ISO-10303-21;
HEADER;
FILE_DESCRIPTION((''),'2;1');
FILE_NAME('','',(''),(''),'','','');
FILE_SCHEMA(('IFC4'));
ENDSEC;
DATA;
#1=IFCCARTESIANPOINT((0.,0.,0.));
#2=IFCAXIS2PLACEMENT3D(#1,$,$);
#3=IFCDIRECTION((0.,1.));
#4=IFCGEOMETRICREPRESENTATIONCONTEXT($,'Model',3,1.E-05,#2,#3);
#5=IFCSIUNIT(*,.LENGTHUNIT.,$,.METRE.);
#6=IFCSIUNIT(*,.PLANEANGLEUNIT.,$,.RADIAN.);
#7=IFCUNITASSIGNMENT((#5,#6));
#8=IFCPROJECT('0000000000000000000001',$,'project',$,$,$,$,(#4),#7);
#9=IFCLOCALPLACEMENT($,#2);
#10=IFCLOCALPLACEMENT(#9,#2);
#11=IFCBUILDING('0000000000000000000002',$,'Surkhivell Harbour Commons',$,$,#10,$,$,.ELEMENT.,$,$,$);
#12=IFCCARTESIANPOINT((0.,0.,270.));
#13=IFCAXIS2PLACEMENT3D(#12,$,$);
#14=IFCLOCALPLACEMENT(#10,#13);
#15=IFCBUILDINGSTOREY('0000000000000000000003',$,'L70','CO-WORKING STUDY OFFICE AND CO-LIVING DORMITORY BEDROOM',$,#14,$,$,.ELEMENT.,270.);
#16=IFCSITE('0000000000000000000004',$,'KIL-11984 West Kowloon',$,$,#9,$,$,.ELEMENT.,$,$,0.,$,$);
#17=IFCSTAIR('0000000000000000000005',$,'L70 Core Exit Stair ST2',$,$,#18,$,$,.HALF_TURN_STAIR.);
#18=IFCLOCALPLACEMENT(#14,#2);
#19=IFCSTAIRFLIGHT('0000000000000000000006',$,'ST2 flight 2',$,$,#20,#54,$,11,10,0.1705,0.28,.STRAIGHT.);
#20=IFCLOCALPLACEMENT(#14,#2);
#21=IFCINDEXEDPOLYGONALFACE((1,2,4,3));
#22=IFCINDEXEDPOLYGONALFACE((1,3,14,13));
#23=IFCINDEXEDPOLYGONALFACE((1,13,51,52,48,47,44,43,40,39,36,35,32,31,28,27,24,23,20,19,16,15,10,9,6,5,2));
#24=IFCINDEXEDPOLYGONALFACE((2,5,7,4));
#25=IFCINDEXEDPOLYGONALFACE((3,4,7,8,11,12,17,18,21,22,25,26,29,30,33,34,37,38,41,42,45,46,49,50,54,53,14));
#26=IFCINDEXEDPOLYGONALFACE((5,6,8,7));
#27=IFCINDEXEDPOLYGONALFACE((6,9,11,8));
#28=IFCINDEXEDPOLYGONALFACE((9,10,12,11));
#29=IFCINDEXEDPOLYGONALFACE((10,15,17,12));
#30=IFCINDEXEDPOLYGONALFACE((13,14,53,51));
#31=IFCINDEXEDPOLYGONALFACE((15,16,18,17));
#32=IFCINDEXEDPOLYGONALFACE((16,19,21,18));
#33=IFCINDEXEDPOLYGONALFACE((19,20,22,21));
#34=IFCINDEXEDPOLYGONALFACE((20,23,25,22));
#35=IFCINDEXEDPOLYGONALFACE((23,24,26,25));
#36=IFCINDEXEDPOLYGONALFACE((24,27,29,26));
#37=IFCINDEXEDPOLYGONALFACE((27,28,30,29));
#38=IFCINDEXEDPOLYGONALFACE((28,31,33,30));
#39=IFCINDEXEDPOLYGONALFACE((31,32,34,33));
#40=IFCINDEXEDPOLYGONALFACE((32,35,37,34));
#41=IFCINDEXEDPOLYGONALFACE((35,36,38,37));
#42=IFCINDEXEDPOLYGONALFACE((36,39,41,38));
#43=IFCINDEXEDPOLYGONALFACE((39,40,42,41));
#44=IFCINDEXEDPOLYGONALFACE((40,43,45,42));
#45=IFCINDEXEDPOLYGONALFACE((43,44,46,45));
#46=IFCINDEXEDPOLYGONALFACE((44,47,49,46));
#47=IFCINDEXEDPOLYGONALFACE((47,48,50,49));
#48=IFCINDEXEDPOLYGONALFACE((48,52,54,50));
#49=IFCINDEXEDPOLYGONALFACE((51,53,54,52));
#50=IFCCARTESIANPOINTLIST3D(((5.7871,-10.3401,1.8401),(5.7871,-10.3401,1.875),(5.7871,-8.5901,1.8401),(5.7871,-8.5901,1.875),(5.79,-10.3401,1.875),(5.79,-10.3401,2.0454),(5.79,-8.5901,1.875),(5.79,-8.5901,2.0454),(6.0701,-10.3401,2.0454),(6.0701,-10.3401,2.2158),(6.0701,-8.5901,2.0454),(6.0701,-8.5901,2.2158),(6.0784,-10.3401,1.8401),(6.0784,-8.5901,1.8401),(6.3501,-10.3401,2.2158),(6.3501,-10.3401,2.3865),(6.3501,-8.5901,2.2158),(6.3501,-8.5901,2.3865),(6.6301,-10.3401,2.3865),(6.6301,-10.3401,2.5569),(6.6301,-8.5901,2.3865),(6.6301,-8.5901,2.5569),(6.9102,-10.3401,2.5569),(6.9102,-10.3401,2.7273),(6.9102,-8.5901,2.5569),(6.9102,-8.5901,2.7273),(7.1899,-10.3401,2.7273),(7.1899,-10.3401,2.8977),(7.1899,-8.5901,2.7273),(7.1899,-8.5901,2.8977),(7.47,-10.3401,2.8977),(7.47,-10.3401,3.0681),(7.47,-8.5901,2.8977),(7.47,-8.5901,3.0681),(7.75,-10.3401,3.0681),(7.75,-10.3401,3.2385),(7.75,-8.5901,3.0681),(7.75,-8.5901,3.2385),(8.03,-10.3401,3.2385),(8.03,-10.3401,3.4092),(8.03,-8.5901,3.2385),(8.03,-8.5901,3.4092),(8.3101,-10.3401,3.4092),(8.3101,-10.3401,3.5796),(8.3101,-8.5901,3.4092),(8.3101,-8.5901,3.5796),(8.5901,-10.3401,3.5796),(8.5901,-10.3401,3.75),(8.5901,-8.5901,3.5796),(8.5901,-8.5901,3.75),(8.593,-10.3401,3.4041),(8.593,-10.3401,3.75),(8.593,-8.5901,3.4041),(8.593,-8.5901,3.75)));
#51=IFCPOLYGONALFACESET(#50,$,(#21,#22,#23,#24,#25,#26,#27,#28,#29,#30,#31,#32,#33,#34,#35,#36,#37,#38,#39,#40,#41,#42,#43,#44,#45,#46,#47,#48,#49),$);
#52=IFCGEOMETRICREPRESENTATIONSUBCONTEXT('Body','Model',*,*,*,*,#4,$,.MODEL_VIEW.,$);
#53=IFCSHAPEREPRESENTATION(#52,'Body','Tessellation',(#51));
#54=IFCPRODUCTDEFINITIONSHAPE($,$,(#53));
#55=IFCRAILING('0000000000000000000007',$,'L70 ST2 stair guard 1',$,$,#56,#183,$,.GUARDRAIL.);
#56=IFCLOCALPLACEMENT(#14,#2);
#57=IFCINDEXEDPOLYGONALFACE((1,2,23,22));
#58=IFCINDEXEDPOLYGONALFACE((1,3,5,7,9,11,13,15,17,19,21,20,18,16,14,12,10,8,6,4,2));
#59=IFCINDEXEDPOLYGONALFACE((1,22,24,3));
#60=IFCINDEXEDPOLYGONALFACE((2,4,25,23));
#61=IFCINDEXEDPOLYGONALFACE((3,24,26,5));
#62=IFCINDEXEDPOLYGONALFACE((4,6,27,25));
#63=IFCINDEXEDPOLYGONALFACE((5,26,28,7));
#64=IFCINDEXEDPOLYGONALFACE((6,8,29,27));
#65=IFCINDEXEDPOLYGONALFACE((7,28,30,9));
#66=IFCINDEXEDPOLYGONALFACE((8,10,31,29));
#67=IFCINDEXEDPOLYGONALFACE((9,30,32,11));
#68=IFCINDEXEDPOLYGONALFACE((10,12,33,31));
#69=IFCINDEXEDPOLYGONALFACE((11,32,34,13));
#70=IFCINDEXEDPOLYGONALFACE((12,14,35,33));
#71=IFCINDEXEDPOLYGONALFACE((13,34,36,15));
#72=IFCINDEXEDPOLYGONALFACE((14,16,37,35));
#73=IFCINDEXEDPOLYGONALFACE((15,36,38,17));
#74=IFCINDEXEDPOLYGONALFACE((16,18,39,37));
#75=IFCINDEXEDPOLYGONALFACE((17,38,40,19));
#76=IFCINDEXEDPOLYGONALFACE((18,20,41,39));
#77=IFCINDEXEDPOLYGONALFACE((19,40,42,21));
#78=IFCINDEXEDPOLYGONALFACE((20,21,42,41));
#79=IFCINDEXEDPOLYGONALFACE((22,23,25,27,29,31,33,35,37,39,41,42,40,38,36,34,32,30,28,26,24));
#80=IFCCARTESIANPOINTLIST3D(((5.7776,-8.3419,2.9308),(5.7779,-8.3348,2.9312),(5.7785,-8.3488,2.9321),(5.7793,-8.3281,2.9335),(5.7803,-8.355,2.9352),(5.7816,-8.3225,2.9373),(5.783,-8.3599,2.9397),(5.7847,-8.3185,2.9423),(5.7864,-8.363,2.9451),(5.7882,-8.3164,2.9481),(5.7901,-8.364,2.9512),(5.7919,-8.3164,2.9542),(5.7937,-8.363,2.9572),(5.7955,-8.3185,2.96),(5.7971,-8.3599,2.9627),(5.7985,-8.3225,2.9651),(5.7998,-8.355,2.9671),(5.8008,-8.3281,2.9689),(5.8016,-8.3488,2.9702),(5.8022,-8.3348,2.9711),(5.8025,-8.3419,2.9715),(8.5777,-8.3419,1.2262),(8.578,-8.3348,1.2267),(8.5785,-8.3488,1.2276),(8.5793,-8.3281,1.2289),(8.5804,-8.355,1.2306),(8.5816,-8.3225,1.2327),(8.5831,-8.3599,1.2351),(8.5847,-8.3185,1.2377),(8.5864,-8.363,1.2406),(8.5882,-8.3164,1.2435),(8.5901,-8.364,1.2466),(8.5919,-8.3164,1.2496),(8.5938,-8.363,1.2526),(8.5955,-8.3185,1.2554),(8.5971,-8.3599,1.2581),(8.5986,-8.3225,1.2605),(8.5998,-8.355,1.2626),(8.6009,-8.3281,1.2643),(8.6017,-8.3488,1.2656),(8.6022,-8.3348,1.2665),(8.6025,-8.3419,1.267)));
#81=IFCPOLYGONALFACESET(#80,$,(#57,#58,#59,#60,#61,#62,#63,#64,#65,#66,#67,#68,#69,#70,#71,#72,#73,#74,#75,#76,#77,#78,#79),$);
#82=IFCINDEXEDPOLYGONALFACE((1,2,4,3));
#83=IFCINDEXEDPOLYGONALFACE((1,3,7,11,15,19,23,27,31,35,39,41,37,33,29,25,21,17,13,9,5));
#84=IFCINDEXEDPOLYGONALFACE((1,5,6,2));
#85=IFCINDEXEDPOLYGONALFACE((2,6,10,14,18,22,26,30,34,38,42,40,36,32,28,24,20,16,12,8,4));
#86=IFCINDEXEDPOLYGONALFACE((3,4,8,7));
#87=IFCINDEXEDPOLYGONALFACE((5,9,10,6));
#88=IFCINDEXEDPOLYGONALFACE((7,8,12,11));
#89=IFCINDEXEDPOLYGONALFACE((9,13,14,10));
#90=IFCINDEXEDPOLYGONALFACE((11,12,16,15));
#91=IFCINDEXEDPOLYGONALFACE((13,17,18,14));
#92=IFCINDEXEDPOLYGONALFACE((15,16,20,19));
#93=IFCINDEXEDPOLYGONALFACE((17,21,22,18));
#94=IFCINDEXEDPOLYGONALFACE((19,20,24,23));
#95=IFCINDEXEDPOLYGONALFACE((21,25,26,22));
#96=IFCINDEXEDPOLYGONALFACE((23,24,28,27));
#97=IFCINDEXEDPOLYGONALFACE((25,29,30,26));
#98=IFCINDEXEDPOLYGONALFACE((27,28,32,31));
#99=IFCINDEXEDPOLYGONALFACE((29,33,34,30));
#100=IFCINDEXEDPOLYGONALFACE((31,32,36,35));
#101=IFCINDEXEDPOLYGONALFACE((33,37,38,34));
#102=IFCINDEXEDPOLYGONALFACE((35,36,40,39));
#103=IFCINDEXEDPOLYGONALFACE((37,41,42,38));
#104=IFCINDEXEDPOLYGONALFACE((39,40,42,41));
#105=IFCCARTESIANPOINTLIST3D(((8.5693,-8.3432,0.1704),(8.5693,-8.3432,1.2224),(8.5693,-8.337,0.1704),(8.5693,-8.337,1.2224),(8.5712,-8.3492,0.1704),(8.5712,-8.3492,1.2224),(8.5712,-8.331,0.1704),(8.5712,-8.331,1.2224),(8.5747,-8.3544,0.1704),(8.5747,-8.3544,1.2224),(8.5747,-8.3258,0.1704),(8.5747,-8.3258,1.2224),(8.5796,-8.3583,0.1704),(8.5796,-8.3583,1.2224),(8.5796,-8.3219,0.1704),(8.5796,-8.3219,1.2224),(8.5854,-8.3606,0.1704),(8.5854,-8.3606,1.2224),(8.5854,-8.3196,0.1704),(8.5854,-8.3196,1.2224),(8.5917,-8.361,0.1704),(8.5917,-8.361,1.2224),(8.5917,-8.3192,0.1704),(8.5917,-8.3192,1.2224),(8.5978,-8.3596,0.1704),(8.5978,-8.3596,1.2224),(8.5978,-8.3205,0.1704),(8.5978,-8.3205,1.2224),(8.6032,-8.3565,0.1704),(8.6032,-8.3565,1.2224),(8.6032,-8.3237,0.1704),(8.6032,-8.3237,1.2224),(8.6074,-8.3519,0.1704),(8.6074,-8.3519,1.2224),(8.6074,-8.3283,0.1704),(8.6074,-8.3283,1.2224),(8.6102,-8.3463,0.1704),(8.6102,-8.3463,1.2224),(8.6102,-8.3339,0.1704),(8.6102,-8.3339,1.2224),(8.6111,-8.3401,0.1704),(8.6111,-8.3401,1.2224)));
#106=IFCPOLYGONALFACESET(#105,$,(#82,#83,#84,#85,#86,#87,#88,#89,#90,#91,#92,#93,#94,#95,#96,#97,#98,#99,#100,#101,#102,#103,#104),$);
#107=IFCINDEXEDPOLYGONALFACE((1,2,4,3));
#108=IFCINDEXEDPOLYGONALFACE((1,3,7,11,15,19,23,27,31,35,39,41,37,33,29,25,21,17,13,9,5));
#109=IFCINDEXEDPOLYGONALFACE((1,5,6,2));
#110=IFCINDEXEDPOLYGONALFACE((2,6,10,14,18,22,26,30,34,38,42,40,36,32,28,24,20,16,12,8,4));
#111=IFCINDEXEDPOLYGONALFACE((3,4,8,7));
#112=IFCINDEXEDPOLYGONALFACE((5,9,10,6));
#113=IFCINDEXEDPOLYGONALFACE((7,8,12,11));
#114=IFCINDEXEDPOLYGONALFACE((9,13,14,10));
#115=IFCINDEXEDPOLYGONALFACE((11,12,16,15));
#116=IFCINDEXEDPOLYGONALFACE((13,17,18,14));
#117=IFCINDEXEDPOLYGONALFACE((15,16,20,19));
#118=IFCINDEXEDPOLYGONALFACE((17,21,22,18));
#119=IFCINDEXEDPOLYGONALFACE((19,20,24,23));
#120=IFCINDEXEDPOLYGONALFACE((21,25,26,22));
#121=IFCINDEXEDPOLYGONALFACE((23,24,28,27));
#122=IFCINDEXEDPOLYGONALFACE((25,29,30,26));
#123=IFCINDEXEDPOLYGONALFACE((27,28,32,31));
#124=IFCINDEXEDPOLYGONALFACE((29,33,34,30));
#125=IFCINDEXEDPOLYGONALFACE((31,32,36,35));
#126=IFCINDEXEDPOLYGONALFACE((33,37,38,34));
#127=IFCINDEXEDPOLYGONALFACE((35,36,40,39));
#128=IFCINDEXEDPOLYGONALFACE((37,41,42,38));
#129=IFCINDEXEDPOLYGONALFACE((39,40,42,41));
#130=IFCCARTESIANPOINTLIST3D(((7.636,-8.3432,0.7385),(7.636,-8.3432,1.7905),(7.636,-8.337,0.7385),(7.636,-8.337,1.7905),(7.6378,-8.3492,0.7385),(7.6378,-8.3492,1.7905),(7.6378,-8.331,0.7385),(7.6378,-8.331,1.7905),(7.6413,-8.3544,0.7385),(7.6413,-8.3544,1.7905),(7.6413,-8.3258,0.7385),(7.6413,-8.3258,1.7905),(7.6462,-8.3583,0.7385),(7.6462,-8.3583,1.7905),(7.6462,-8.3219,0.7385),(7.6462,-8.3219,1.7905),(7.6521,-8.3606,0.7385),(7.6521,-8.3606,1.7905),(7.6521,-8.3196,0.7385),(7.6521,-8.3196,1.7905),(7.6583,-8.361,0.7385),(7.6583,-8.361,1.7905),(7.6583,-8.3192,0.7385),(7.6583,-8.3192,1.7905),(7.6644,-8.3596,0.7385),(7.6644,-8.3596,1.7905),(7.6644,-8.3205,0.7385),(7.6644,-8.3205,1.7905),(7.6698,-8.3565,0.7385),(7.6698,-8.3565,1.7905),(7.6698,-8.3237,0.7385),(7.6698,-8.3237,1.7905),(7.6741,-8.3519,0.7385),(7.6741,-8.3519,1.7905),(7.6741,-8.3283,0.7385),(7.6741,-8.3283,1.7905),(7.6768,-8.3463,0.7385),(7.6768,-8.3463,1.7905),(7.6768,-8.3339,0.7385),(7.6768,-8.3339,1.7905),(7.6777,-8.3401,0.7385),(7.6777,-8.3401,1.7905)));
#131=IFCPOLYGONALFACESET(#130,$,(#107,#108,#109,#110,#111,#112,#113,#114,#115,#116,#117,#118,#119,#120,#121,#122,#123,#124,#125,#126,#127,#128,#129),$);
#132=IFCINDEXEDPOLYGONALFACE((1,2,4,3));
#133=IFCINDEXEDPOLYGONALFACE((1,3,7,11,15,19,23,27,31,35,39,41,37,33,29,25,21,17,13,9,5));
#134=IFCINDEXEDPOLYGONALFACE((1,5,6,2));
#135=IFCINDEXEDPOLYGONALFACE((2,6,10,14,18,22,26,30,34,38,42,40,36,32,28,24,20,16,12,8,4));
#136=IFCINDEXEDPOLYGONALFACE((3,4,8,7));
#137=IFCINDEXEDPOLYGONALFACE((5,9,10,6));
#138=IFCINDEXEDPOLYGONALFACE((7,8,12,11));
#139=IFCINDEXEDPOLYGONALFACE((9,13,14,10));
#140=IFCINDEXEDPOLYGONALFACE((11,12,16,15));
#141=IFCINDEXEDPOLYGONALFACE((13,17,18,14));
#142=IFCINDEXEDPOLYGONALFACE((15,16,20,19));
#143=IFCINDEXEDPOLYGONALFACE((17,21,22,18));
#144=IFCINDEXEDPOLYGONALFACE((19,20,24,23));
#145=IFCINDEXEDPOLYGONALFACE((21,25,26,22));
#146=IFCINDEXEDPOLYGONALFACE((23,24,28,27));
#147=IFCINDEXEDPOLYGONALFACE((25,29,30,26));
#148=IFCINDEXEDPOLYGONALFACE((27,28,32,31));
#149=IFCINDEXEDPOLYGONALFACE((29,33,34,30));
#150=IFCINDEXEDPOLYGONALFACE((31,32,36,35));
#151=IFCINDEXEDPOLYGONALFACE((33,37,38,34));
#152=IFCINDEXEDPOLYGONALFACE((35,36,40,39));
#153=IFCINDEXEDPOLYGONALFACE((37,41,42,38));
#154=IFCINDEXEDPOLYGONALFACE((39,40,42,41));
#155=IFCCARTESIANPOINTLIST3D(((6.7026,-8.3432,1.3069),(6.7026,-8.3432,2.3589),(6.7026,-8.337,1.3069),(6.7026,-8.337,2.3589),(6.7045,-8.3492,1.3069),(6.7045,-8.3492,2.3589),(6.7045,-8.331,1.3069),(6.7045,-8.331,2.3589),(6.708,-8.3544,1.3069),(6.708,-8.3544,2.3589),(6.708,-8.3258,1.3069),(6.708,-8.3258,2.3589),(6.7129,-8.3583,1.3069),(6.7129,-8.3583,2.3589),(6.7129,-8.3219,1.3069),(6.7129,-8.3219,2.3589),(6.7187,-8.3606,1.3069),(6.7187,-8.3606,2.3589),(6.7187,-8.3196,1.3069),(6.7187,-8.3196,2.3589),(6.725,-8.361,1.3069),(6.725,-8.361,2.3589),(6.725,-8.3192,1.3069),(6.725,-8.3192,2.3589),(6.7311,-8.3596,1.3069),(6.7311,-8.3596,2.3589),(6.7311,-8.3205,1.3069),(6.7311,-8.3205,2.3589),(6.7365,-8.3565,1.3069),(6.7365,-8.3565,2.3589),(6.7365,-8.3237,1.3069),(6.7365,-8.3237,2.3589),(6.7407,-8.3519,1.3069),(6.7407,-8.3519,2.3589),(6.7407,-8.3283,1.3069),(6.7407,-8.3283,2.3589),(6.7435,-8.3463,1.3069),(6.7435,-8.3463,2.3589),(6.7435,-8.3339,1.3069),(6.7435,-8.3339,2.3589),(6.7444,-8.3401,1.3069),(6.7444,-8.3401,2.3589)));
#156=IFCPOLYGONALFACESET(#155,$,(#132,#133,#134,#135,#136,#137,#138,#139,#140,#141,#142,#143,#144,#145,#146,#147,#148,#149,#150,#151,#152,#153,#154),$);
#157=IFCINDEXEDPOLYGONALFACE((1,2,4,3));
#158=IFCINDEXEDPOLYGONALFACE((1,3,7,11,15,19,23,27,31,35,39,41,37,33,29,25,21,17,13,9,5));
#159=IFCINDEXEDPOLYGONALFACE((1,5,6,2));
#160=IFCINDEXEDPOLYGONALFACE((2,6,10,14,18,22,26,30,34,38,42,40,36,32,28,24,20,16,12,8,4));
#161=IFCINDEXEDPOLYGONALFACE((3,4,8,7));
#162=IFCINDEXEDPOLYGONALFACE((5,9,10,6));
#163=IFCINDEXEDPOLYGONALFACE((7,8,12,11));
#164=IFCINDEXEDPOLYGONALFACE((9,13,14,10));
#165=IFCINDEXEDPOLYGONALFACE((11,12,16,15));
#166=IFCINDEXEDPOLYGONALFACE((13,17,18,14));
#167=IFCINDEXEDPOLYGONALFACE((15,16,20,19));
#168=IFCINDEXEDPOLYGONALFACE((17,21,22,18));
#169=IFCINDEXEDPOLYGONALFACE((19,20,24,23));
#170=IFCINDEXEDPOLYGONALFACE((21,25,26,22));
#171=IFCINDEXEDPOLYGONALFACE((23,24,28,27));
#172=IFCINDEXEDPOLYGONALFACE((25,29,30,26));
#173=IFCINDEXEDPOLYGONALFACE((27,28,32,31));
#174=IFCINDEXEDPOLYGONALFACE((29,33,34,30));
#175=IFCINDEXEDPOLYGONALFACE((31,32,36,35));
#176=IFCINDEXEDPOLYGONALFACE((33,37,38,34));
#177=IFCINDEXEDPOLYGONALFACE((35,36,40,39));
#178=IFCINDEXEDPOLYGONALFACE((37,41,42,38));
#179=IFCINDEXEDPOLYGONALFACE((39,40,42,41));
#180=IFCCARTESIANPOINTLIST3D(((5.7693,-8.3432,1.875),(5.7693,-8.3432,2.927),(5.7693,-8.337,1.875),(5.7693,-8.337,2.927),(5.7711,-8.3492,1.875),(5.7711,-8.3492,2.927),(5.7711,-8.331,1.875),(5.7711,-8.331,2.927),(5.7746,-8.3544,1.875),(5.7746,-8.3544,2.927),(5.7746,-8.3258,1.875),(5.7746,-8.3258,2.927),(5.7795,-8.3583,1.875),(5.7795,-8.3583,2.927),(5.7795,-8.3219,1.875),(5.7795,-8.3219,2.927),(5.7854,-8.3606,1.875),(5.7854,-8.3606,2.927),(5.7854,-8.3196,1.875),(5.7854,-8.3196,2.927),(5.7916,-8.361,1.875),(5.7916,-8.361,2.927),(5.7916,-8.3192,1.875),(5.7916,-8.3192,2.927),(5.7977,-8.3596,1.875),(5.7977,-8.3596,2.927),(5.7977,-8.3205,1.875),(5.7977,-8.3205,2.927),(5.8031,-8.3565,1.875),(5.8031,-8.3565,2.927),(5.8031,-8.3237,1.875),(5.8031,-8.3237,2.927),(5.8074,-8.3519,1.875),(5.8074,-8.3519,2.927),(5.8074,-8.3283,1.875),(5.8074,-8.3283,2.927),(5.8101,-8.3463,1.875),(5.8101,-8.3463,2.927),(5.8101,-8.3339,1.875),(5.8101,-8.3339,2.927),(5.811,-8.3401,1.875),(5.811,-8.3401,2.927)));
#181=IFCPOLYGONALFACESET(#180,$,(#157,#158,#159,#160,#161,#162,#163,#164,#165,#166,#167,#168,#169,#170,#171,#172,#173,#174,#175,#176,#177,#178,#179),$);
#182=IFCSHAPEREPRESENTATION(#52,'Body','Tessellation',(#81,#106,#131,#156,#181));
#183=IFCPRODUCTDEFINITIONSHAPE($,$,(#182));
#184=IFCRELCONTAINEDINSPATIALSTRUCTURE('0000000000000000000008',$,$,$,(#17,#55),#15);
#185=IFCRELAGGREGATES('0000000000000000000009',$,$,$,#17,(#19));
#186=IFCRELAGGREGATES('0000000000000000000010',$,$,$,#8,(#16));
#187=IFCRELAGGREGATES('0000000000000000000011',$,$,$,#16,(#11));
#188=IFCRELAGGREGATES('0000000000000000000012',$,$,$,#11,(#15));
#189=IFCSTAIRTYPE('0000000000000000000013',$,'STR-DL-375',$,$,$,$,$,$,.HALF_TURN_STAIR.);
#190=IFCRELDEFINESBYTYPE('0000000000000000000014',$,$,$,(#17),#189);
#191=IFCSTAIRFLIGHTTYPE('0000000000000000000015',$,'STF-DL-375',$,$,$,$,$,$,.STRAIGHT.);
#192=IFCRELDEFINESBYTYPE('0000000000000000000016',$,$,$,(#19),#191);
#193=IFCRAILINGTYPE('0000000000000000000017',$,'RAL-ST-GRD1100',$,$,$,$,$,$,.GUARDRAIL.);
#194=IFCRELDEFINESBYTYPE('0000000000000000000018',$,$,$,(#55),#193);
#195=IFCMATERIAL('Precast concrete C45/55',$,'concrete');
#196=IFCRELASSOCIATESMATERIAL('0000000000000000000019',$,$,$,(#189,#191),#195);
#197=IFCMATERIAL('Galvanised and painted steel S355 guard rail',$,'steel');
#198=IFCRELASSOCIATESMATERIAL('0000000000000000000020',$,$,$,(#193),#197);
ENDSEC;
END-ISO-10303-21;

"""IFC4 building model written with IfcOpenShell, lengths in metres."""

from ifc_helpers import new_model, si_unit, direction, frame, origin, origin_2d, place, context, subcontext, project, spatial, polyline, circle, outline, extrude, material, type_object, element, aggregate, save


model = new_model("IFC4")

# Units and contexts
model_context = context("Model", 3, precision=1e-05, world=origin(), true_north=direction((0.0, 1.0)))
body_context = subcontext(model_context, "Body", "Model", "MODEL_VIEW")
ifc_project = project(units=[si_unit("LENGTHUNIT", "METRE"), si_unit("PLANEANGLEUNIT", "RADIAN")], contexts=[model_context])

# Site, building, storey
site_placement = place(None, origin())
site = spatial("IfcSite", under=ifc_project, at=site_placement, Name="KIL-11984 West Kowloon", CompositionType="ELEMENT", RefElevation=0.0)
building_placement = place(site_placement, origin())
building = spatial("IfcBuilding", under=site, at=building_placement, Name="Surkhivell Harbour Commons", CompositionType="ELEMENT")
storey_placement = place(building_placement, frame((0.0, 0.0, 270.0)))
storey = spatial("IfcBuildingStorey", under=building, at=storey_placement, Name="L70", Description="CO-WORKING STUDY OFFICE AND CO-LIVING DORMITORY BEDROOM", CompositionType="ELEMENT", Elevation=270.0)

# Stair, stair flight
ifc_material_1 = material(Name="Precast concrete C45/55", Category="concrete")
stair_type = type_object("IfcStairType", Name="STR-DL-375", PredefinedType="HALF_TURN_STAIR", material=ifc_material_1)
stair_placement = place(storey_placement, origin())
stair = element("IfcStair", 1, at=stair_placement, inside=storey, type_object=stair_type, Name="L70 Core Exit Stair ST2", PredefinedType="HALF_TURN_STAIR")
stair_flight_type = type_object("IfcStairFlightType", Name="STF-DL-375", PredefinedType="STRAIGHT", material=ifc_material_1)
stair_flight_1_placement = place(storey_placement, frame((5.79, -9.4651, 1.875), z_axis=(0.0, 0.0, 1.0), x_axis=(1.0, 0.0, 0.0)))
stair_flight_1 = element("IfcStairFlight", 2, at=stair_flight_1_placement, type_object=stair_flight_type, Name="ST2 flight 2", NumberOfRisers=11, NumberOfTreads=10, PredefinedType="STRAIGHT", RiserHeight=0.1705, TreadLength=0.28, context=body_context, shape_type="SweptSolid", body=[
    extrude(outline(polyline([(-0.0029, -0.0349), (-0.0029, 0.0), (0.0, 0.0), (0.0, 0.1704), (0.28, 0.1704), (0.28, 0.3408), (0.5601, 0.3408), (0.5601, 0.5115), (0.8401, 0.5115), (0.8401, 0.6819), (1.1201, 0.6819), (1.1201, 0.8523), (1.3999, 0.8523), (1.3999, 1.0227), (1.6799, 1.0227), (1.6799, 1.1931), (1.96, 1.1931), (1.96, 1.3635), (2.24, 1.3635), (2.24, 1.5342), (2.52, 1.5342), (2.52, 1.7046), (2.8, 1.7046), (2.8, 1.875), (2.803, 1.875), (2.803, 1.5291), (0.2883, -0.0349), (-0.0029, -0.0349)])), frame((0.0, 0.875, 0.0), z_axis=(0.0, -1.0, 0.0), x_axis=(1.0, 0.0, 0.0)), (0.0, 0.0, 1.0), 1.75),
])
aggregate(stair, [stair_flight_1])

# Railing
ifc_material_2 = material(Name="Galvanised and painted steel S355 guard rail", Category="steel")
railing_type_1 = type_object("IfcRailingType", Name="RAL-ST-GRD1100", PredefinedType="GUARDRAIL", material=ifc_material_2)
railing_1_placement = place(storey_placement, frame((8.5901, -8.3401, 0.1704)))
element("IfcRailing", 3, at=railing_1_placement, inside=storey, type_object=railing_type_1, Name="L70 ST2 stair guard 1", PredefinedType="GUARDRAIL", context=body_context, shape_type="SweptSolid", body=[
    extrude(circle(Radius=0.0239, at=origin_2d()), frame((0.0, 0.0, 1.0762), z_axis=(-0.85417, 0.0, 0.519994), x_axis=(0.0, -1.0, 0.0)), (0.0, 0.0, 1.0), 3.2781),
    extrude(circle(Radius=0.021, at=origin_2d()), origin(), (0.0, 0.0, 1.0), 1.052),
    extrude(circle(Radius=0.021, at=origin_2d()), frame((-0.9333, 0.0, 0.5681)), (0.0, 0.0, 1.0), 1.052),
    extrude(circle(Radius=0.021, at=origin_2d()), frame((-1.8667, 0.0, 1.1365)), (0.0, 0.0, 1.0), 1.052),
    extrude(circle(Radius=0.021, at=origin_2d()), frame((-2.8, 0.0, 1.7046)), (0.0, 0.0, 1.0), 1.052),
])

save(model, "model.ifc")
